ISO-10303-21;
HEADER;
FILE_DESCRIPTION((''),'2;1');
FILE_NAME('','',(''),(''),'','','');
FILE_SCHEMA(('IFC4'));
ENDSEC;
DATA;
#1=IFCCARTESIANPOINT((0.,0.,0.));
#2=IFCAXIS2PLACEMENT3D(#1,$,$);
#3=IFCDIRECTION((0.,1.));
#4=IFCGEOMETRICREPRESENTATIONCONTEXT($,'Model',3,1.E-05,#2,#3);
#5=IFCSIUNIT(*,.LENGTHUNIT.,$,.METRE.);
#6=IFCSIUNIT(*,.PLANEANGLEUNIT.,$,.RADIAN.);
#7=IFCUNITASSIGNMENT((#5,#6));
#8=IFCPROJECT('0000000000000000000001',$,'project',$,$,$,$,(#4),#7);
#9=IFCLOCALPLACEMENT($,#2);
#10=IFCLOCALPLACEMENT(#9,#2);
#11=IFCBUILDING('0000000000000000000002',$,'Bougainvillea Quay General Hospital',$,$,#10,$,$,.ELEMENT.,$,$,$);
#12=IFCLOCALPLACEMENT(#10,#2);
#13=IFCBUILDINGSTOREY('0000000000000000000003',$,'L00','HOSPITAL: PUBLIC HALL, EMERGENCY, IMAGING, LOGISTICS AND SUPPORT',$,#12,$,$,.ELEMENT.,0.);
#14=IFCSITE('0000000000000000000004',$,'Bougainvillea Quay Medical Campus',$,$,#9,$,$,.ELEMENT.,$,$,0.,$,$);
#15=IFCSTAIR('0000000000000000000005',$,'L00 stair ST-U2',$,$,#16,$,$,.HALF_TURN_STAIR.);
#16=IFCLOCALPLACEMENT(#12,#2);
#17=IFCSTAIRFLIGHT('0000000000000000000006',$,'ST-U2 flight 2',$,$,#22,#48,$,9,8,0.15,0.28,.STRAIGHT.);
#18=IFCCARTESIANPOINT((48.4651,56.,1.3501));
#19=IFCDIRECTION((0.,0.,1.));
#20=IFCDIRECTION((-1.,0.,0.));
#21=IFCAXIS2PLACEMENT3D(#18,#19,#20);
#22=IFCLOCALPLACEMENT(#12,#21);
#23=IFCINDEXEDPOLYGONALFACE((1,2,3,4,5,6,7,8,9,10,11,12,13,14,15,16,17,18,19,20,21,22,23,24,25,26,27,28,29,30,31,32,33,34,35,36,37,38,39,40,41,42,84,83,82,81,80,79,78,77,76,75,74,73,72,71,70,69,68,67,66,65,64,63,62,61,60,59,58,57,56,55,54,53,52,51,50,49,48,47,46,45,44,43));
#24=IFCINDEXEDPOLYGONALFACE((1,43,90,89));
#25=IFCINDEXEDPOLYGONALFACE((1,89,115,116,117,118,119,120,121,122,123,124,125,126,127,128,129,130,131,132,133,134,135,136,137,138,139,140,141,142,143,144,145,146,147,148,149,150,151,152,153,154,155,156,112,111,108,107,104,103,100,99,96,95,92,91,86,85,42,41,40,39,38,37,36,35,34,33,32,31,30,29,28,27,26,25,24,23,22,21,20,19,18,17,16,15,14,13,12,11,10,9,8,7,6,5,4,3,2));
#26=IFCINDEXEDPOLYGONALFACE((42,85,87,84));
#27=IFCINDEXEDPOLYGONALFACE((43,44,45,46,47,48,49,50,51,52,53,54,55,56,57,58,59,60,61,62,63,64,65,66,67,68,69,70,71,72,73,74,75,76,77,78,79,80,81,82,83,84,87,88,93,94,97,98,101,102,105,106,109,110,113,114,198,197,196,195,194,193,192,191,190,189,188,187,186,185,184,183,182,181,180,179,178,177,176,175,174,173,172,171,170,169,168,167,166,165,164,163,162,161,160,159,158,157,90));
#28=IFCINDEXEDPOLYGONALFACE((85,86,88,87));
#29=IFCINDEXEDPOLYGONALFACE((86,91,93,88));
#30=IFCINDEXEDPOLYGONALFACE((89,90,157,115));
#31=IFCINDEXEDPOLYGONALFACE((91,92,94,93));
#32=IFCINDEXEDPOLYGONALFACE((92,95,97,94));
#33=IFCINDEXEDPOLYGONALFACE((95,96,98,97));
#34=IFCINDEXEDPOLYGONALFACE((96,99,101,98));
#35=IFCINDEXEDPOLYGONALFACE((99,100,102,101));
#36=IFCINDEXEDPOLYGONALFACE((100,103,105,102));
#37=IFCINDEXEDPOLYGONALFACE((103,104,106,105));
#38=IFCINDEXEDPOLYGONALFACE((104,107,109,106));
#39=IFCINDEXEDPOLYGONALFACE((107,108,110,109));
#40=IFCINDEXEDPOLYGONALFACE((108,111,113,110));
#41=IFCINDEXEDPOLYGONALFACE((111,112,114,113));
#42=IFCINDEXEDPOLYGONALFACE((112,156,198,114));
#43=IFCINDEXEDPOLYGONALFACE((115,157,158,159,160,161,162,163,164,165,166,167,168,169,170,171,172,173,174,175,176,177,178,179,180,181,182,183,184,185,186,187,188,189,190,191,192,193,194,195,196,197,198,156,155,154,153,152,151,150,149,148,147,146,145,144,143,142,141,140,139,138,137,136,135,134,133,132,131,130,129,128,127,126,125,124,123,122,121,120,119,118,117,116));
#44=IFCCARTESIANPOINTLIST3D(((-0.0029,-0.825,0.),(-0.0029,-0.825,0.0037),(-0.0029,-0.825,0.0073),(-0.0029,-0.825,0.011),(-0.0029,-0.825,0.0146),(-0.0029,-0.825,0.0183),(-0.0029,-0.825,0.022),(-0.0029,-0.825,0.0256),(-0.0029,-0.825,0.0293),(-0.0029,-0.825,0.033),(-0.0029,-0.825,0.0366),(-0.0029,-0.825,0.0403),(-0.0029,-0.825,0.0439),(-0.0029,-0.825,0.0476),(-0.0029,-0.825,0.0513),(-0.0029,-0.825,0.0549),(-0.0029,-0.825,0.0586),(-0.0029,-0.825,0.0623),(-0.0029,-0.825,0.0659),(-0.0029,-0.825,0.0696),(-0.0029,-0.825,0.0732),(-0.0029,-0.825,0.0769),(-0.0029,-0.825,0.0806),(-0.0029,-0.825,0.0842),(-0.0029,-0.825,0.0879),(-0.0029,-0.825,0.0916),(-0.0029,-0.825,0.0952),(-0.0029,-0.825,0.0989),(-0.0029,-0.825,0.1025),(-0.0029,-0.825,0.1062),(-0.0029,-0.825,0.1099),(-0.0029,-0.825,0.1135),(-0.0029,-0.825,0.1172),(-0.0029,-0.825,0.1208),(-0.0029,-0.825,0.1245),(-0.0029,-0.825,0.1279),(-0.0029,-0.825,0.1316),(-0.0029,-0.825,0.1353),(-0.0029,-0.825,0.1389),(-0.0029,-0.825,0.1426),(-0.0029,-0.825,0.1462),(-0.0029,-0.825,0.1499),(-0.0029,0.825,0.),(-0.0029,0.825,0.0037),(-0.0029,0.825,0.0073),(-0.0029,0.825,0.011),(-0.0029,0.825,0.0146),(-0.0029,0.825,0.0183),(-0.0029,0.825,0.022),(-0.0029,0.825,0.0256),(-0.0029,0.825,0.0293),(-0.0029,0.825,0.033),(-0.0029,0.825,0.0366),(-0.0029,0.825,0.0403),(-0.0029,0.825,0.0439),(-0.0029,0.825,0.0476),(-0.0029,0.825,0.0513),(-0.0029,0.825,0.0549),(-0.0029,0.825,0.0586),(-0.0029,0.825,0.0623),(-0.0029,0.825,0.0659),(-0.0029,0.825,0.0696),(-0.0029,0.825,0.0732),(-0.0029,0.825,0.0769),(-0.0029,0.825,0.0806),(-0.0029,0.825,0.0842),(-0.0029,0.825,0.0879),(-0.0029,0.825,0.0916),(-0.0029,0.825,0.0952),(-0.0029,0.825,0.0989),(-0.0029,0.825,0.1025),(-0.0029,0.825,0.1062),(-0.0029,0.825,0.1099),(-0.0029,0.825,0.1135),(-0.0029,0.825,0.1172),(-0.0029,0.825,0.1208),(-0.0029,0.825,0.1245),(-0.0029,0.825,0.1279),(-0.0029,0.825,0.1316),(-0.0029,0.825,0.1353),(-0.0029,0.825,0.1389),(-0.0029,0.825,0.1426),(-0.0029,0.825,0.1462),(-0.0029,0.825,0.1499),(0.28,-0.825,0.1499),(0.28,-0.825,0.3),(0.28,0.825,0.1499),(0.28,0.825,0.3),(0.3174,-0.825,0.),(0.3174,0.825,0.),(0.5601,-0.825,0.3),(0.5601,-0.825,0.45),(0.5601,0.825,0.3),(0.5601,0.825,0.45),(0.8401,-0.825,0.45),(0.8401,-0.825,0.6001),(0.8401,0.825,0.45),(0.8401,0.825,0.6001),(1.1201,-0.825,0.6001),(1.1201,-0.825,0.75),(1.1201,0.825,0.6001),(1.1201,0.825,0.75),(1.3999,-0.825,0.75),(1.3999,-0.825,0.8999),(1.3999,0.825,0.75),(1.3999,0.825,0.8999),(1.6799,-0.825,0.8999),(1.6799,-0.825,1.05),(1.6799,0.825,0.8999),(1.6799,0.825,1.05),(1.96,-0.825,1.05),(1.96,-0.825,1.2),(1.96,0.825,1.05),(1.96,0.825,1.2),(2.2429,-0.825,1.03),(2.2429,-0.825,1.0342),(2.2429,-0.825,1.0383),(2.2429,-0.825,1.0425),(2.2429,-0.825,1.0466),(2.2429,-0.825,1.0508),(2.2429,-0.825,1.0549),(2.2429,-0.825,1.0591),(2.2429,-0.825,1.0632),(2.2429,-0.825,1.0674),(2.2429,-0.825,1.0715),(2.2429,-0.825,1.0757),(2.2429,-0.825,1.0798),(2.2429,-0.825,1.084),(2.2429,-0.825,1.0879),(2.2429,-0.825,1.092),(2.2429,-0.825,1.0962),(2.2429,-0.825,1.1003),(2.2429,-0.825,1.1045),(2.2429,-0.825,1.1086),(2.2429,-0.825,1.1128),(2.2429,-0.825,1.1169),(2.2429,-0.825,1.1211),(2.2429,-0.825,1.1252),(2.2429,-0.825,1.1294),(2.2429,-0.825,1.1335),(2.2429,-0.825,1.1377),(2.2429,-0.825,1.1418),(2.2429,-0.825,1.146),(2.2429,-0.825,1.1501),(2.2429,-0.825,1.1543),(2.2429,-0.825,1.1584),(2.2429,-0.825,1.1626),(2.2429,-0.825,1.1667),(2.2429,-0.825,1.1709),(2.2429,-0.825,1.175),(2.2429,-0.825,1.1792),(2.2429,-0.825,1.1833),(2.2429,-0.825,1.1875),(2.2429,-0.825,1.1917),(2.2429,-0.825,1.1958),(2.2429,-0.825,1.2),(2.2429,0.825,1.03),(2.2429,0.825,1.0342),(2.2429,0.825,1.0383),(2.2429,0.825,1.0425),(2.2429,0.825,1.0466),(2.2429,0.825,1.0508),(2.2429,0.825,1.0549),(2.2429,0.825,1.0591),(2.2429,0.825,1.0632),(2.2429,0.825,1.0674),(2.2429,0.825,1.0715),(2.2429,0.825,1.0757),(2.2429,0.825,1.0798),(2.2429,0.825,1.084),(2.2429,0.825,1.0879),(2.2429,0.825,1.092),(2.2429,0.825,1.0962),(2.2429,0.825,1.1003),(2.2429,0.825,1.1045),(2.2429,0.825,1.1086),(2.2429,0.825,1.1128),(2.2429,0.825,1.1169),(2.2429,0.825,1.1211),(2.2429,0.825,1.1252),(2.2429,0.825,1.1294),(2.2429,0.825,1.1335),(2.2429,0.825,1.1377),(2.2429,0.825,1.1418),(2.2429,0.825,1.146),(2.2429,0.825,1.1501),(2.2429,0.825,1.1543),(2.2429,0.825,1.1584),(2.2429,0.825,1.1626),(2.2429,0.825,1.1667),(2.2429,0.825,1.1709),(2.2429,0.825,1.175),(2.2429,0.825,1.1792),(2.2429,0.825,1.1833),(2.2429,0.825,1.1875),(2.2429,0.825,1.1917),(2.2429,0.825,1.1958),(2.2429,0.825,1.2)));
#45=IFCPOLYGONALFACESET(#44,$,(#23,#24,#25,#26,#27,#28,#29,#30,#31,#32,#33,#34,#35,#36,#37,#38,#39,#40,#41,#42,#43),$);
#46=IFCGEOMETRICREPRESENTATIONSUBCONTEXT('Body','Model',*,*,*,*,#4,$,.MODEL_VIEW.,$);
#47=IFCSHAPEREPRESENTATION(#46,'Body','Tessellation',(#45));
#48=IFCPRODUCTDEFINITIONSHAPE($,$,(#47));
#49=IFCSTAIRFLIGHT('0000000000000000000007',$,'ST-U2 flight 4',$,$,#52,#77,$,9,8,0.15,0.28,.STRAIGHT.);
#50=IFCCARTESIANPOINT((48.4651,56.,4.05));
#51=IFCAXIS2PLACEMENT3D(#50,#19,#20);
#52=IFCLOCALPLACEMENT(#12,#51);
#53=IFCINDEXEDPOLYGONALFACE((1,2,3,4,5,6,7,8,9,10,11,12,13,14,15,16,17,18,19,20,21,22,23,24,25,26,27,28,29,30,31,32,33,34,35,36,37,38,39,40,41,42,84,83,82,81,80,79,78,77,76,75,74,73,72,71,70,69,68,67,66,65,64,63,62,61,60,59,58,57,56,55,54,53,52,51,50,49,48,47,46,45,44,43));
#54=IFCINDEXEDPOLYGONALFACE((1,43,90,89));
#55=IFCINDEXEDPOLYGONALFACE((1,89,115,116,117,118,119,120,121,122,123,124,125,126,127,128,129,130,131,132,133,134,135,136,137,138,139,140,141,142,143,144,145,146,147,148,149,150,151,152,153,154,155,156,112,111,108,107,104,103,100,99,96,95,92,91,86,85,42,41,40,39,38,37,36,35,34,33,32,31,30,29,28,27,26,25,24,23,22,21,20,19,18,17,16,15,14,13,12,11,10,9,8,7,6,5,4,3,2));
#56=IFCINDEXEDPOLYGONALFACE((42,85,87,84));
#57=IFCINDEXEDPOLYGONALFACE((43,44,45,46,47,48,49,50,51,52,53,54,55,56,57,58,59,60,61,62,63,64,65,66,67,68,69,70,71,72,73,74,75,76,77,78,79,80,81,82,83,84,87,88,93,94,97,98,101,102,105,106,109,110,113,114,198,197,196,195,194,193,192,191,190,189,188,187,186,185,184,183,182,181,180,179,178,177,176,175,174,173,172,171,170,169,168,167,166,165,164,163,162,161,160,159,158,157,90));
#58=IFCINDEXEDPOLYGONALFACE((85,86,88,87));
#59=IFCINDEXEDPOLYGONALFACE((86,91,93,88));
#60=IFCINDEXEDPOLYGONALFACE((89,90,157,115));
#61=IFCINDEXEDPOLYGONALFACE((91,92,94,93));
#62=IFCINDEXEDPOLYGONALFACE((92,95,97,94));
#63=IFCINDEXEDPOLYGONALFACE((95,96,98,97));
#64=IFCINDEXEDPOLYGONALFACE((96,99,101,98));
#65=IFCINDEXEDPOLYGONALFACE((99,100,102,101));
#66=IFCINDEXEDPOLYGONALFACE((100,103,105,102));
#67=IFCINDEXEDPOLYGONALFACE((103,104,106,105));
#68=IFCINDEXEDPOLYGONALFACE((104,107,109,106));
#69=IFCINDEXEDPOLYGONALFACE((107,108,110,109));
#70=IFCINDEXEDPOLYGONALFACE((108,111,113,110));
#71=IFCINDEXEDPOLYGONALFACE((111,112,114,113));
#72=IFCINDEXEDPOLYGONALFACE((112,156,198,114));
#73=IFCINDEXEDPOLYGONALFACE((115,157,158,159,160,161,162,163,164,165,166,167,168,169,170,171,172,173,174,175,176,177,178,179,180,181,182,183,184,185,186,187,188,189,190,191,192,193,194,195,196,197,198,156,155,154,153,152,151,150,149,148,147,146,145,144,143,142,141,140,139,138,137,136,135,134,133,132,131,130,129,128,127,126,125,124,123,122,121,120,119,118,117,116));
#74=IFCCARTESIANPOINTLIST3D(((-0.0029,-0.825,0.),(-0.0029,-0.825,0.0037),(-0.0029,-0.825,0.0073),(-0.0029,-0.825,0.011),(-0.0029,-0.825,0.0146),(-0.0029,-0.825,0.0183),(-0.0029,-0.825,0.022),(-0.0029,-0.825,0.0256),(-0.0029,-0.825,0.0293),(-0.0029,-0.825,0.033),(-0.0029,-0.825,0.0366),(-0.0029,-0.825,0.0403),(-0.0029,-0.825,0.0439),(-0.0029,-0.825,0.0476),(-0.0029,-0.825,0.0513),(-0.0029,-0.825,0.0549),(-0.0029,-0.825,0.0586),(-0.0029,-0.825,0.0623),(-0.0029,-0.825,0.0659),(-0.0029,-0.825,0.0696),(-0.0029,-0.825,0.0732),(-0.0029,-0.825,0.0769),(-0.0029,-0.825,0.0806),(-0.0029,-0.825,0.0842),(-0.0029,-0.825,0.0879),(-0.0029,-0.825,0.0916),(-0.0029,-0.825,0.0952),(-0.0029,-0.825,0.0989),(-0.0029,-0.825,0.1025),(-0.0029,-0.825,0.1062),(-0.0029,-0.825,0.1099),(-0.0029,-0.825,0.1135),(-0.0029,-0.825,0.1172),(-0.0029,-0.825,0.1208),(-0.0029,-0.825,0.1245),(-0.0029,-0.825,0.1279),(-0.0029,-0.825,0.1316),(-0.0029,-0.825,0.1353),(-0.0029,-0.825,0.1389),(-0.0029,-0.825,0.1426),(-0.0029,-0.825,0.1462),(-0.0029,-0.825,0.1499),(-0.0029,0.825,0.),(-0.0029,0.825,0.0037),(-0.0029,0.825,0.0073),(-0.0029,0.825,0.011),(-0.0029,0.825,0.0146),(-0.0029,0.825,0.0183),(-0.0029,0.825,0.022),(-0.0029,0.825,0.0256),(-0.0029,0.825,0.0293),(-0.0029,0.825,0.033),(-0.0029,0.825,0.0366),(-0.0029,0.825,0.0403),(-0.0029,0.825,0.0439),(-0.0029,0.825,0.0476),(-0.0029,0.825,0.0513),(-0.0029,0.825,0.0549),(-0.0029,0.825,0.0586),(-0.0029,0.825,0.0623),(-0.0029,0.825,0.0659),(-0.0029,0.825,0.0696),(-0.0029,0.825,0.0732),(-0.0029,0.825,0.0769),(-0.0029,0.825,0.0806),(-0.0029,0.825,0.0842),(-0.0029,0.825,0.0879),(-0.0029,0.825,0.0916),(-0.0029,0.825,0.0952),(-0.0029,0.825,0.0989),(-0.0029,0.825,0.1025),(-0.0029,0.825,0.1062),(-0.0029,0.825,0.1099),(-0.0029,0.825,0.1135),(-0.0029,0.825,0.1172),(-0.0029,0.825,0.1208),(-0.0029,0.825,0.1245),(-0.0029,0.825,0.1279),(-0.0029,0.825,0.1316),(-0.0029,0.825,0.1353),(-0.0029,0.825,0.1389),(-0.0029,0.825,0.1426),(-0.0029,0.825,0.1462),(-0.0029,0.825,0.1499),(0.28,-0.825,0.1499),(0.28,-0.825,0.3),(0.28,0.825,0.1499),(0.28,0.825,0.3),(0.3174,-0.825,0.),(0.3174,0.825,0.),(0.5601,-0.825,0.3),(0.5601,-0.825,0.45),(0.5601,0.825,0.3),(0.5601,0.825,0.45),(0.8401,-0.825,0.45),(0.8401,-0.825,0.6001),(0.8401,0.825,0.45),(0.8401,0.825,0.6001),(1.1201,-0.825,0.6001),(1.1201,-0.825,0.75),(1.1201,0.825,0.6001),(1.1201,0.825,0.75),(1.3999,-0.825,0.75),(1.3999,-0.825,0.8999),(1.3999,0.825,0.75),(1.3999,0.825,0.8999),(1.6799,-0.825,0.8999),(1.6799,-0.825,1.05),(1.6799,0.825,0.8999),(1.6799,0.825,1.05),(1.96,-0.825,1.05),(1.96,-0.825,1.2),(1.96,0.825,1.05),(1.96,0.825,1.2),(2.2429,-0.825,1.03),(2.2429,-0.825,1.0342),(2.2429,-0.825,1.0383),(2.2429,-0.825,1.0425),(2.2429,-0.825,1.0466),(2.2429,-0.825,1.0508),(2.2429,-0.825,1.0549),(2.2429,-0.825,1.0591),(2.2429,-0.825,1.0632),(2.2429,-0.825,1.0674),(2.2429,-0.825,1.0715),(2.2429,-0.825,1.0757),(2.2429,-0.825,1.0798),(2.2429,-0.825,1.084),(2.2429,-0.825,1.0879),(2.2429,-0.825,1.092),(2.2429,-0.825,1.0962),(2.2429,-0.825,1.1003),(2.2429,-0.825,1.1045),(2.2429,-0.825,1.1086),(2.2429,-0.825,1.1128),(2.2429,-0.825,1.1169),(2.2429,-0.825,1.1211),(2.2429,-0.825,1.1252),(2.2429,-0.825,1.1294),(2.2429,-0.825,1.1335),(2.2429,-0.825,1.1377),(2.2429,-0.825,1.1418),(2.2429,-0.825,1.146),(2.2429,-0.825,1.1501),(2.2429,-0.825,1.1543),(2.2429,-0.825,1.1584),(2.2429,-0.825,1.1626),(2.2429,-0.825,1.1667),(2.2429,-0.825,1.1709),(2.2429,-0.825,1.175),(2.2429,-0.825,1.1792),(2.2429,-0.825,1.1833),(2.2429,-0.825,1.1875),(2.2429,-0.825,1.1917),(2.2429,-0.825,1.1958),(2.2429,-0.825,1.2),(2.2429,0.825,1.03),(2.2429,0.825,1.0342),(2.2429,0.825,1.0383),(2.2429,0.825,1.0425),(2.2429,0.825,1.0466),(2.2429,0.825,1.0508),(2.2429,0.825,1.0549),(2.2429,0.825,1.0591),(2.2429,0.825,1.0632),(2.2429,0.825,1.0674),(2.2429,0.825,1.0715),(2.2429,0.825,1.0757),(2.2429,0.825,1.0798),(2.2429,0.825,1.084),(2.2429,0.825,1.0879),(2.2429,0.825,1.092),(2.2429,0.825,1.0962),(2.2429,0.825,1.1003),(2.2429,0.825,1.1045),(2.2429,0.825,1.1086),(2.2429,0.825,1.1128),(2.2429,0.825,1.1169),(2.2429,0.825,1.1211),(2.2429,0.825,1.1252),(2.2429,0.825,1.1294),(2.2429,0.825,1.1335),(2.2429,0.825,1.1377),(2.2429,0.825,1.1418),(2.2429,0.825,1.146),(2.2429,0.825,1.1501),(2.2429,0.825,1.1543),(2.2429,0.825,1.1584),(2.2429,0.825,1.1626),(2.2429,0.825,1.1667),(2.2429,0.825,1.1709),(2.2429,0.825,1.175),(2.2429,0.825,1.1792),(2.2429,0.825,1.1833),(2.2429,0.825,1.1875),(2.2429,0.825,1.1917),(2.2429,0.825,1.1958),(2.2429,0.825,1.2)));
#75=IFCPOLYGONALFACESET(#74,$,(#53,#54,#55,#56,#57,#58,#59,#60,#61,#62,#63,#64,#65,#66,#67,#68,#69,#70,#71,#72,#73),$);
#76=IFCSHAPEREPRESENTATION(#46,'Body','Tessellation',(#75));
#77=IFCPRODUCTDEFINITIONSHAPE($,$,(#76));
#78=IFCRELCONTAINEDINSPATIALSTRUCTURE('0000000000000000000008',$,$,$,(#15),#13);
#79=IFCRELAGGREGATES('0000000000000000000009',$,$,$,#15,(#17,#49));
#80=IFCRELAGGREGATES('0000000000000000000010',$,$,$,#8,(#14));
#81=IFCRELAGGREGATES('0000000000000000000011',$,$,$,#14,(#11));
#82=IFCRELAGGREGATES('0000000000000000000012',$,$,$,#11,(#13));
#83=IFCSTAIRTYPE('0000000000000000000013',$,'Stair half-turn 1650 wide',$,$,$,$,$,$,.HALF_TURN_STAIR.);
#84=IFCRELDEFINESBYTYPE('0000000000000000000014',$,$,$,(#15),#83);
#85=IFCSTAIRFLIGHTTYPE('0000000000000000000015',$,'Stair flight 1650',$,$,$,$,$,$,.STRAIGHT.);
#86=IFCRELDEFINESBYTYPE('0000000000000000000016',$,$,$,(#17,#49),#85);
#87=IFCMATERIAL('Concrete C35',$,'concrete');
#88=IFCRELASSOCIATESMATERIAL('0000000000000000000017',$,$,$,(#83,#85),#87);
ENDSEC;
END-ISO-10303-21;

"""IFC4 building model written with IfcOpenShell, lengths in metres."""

from ifc_helpers import new_model, si_unit, direction, frame, origin, place, context, subcontext, project, spatial, polyline, outline, extrude, material, type_object, element, aggregate, save


model = new_model("IFC4")

# Units and contexts
model_context = context("Model", 3, precision=1e-05, world=origin(), true_north=direction((0.0, 1.0)))
body_context = subcontext(model_context, "Body", "Model", "MODEL_VIEW")
ifc_project = project(units=[si_unit("LENGTHUNIT", "METRE"), si_unit("PLANEANGLEUNIT", "RADIAN")], contexts=[model_context])

# Site, building, storey
site_placement = place(None, origin())
site = spatial("IfcSite", under=ifc_project, at=site_placement, Name="Bougainvillea Quay Medical Campus", CompositionType="ELEMENT", RefElevation=0.0)
building_placement = place(site_placement, origin())
building = spatial("IfcBuilding", under=site, at=building_placement, Name="Bougainvillea Quay General Hospital", CompositionType="ELEMENT")
storey_placement = place(building_placement, origin())
storey = spatial("IfcBuildingStorey", under=building, at=storey_placement, Name="L00", Description="HOSPITAL: PUBLIC HALL, EMERGENCY, IMAGING, LOGISTICS AND SUPPORT", CompositionType="ELEMENT", Elevation=0.0)

# Stair, stair flights
ifc_material_1 = material(Name="Concrete C35", Category="concrete")
stair_type = type_object("IfcStairType", Name="Stair half-turn 1650 wide", PredefinedType="HALF_TURN_STAIR", material=ifc_material_1)
stair_placement = place(storey_placement, origin())
stair = element("IfcStair", 1, at=stair_placement, inside=storey, type_object=stair_type, Name="L00 stair ST-U2", PredefinedType="HALF_TURN_STAIR")
stair_flight_type = type_object("IfcStairFlightType", Name="Stair flight 1650", PredefinedType="STRAIGHT", material=ifc_material_1)
stair_flight_1_placement = place(storey_placement, frame((48.4651, 56.0, 1.3501), z_axis=(0.0, 0.0, 1.0), x_axis=(-1.0, 0.0, 0.0)))
stair_flight_1 = element("IfcStairFlight", 2, at=stair_flight_1_placement, type_object=stair_flight_type, Name="ST-U2 flight 2", NumberOfRisers=9, NumberOfTreads=8, PredefinedType="STRAIGHT", RiserHeight=0.15, TreadLength=0.28, context=body_context, shape_type="SweptSolid", body=[
    extrude(outline(polyline([(-0.0029, 0.0), (-0.0029, 0.0037), (-0.0029, 0.0073), (-0.0029, 0.011), (-0.0029, 0.0146), (-0.0029, 0.0183), (-0.0029, 0.022), (-0.0029, 0.0256), (-0.0029, 0.0293), (-0.0029, 0.033), (-0.0029, 0.0366), (-0.0029, 0.0403), (-0.0029, 0.0439), (-0.0029, 0.0476), (-0.0029, 0.0513), (-0.0029, 0.0549), (-0.0029, 0.0586), (-0.0029, 0.0623), (-0.0029, 0.0659), (-0.0029, 0.0696), (-0.0029, 0.0732), (-0.0029, 0.0769), (-0.0029, 0.0806), (-0.0029, 0.0842), (-0.0029, 0.0879), (-0.0029, 0.0916), (-0.0029, 0.0952), (-0.0029, 0.0989), (-0.0029, 0.1025), (-0.0029, 0.1062), (-0.0029, 0.1099), (-0.0029, 0.1135), (-0.0029, 0.1172), (-0.0029, 0.1208), (-0.0029, 0.1245), (-0.0029, 0.1279), (-0.0029, 0.1316), (-0.0029, 0.1353), (-0.0029, 0.1389), (-0.0029, 0.1426), (-0.0029, 0.1462), (-0.0029, 0.1499), (0.28, 0.1499), (0.28, 0.3), (0.5601, 0.3), (0.5601, 0.45), (0.8401, 0.45), (0.8401, 0.6001), (1.1201, 0.6001), (1.1201, 0.75), (1.3999, 0.75), (1.3999, 0.8999), (1.6799, 0.8999), (1.6799, 1.05), (1.96, 1.05), (1.96, 1.2), (2.2429, 1.2), (2.2429, 1.1958), (2.2429, 1.1917), (2.2429, 1.1875), (2.2429, 1.1833), (2.2429, 1.1792), (2.2429, 1.175), (2.2429, 1.1709), (2.2429, 1.1667), (2.2429, 1.1626), (2.2429, 1.1584), (2.2429, 1.1543), (2.2429, 1.1501), (2.2429, 1.146), (2.2429, 1.1418), (2.2429, 1.1377), (2.2429, 1.1335), (2.2429, 1.1294), (2.2429, 1.1252), (2.2429, 1.1211), (2.2429, 1.1169), (2.2429, 1.1128), (2.2429, 1.1086), (2.2429, 1.1045), (2.2429, 1.1003), (2.2429, 1.0962), (2.2429, 1.092), (2.2429, 1.0879), (2.2429, 1.084), (2.2429, 1.0798), (2.2429, 1.0757), (2.2429, 1.0715), (2.2429, 1.0674), (2.2429, 1.0632), (2.2429, 1.0591), (2.2429, 1.0549), (2.2429, 1.0508), (2.2429, 1.0466), (2.2429, 1.0425), (2.2429, 1.0383), (2.2429, 1.0342), (2.2429, 1.03), (0.3174, 0.0), (-0.0029, 0.0)])), frame((0.0, 0.825, 0.0), z_axis=(0.0, -1.0, 0.0), x_axis=(1.0, 0.0, 0.0)), (0.0, 0.0, 1.0), 1.6499),
])
stair_flight_2_placement = place(storey_placement, frame((48.4651, 56.0, 4.05), z_axis=(0.0, 0.0, 1.0), x_axis=(-1.0, 0.0, 0.0)))
stair_flight_2 = element("IfcStairFlight", 3, at=stair_flight_2_placement, type_object=stair_flight_type, Name="ST-U2 flight 4", NumberOfRisers=9, NumberOfTreads=8, PredefinedType="STRAIGHT", RiserHeight=0.15, TreadLength=0.28, context=body_context, shape_type="SweptSolid", body=[
    extrude(outline(polyline([(-0.0029, 0.0), (-0.0029, 0.0037), (-0.0029, 0.0073), (-0.0029, 0.011), (-0.0029, 0.0146), (-0.0029, 0.0183), (-0.0029, 0.022), (-0.0029, 0.0256), (-0.0029, 0.0293), (-0.0029, 0.033), (-0.0029, 0.0366), (-0.0029, 0.0403), (-0.0029, 0.0439), (-0.0029, 0.0476), (-0.0029, 0.0513), (-0.0029, 0.0549), (-0.0029, 0.0586), (-0.0029, 0.0623), (-0.0029, 0.0659), (-0.0029, 0.0696), (-0.0029, 0.0732), (-0.0029, 0.0769), (-0.0029, 0.0806), (-0.0029, 0.0842), (-0.0029, 0.0879), (-0.0029, 0.0916), (-0.0029, 0.0952), (-0.0029, 0.0989), (-0.0029, 0.1025), (-0.0029, 0.1062), (-0.0029, 0.1099), (-0.0029, 0.1135), (-0.0029, 0.1172), (-0.0029, 0.1208), (-0.0029, 0.1245), (-0.0029, 0.1279), (-0.0029, 0.1316), (-0.0029, 0.1353), (-0.0029, 0.1389), (-0.0029, 0.1426), (-0.0029, 0.1462), (-0.0029, 0.1499), (0.28, 0.1499), (0.28, 0.3), (0.5601, 0.3), (0.5601, 0.45), (0.8401, 0.45), (0.8401, 0.6001), (1.1201, 0.6001), (1.1201, 0.75), (1.3999, 0.75), (1.3999, 0.8999), (1.6799, 0.8999), (1.6799, 1.05), (1.96, 1.05), (1.96, 1.2), (2.2429, 1.2), (2.2429, 1.1958), (2.2429, 1.1917), (2.2429, 1.1875), (2.2429, 1.1833), (2.2429, 1.1792), (2.2429, 1.175), (2.2429, 1.1709), (2.2429, 1.1667), (2.2429, 1.1626), (2.2429, 1.1584), (2.2429, 1.1543), (2.2429, 1.1501), (2.2429, 1.146), (2.2429, 1.1418), (2.2429, 1.1377), (2.2429, 1.1335), (2.2429, 1.1294), (2.2429, 1.1252), (2.2429, 1.1211), (2.2429, 1.1169), (2.2429, 1.1128), (2.2429, 1.1086), (2.2429, 1.1045), (2.2429, 1.1003), (2.2429, 1.0962), (2.2429, 1.092), (2.2429, 1.0879), (2.2429, 1.084), (2.2429, 1.0798), (2.2429, 1.0757), (2.2429, 1.0715), (2.2429, 1.0674), (2.2429, 1.0632), (2.2429, 1.0591), (2.2429, 1.0549), (2.2429, 1.0508), (2.2429, 1.0466), (2.2429, 1.0425), (2.2429, 1.0383), (2.2429, 1.0342), (2.2429, 1.03), (0.3174, 0.0), (-0.0029, 0.0)])), frame((0.0, 0.825, 0.0), z_axis=(0.0, -1.0, 0.0), x_axis=(1.0, 0.0, 0.0)), (0.0, 0.0, 1.0), 1.6499),
])
aggregate(stair, [stair_flight_1, stair_flight_2])

save(model, "model.ifc")
